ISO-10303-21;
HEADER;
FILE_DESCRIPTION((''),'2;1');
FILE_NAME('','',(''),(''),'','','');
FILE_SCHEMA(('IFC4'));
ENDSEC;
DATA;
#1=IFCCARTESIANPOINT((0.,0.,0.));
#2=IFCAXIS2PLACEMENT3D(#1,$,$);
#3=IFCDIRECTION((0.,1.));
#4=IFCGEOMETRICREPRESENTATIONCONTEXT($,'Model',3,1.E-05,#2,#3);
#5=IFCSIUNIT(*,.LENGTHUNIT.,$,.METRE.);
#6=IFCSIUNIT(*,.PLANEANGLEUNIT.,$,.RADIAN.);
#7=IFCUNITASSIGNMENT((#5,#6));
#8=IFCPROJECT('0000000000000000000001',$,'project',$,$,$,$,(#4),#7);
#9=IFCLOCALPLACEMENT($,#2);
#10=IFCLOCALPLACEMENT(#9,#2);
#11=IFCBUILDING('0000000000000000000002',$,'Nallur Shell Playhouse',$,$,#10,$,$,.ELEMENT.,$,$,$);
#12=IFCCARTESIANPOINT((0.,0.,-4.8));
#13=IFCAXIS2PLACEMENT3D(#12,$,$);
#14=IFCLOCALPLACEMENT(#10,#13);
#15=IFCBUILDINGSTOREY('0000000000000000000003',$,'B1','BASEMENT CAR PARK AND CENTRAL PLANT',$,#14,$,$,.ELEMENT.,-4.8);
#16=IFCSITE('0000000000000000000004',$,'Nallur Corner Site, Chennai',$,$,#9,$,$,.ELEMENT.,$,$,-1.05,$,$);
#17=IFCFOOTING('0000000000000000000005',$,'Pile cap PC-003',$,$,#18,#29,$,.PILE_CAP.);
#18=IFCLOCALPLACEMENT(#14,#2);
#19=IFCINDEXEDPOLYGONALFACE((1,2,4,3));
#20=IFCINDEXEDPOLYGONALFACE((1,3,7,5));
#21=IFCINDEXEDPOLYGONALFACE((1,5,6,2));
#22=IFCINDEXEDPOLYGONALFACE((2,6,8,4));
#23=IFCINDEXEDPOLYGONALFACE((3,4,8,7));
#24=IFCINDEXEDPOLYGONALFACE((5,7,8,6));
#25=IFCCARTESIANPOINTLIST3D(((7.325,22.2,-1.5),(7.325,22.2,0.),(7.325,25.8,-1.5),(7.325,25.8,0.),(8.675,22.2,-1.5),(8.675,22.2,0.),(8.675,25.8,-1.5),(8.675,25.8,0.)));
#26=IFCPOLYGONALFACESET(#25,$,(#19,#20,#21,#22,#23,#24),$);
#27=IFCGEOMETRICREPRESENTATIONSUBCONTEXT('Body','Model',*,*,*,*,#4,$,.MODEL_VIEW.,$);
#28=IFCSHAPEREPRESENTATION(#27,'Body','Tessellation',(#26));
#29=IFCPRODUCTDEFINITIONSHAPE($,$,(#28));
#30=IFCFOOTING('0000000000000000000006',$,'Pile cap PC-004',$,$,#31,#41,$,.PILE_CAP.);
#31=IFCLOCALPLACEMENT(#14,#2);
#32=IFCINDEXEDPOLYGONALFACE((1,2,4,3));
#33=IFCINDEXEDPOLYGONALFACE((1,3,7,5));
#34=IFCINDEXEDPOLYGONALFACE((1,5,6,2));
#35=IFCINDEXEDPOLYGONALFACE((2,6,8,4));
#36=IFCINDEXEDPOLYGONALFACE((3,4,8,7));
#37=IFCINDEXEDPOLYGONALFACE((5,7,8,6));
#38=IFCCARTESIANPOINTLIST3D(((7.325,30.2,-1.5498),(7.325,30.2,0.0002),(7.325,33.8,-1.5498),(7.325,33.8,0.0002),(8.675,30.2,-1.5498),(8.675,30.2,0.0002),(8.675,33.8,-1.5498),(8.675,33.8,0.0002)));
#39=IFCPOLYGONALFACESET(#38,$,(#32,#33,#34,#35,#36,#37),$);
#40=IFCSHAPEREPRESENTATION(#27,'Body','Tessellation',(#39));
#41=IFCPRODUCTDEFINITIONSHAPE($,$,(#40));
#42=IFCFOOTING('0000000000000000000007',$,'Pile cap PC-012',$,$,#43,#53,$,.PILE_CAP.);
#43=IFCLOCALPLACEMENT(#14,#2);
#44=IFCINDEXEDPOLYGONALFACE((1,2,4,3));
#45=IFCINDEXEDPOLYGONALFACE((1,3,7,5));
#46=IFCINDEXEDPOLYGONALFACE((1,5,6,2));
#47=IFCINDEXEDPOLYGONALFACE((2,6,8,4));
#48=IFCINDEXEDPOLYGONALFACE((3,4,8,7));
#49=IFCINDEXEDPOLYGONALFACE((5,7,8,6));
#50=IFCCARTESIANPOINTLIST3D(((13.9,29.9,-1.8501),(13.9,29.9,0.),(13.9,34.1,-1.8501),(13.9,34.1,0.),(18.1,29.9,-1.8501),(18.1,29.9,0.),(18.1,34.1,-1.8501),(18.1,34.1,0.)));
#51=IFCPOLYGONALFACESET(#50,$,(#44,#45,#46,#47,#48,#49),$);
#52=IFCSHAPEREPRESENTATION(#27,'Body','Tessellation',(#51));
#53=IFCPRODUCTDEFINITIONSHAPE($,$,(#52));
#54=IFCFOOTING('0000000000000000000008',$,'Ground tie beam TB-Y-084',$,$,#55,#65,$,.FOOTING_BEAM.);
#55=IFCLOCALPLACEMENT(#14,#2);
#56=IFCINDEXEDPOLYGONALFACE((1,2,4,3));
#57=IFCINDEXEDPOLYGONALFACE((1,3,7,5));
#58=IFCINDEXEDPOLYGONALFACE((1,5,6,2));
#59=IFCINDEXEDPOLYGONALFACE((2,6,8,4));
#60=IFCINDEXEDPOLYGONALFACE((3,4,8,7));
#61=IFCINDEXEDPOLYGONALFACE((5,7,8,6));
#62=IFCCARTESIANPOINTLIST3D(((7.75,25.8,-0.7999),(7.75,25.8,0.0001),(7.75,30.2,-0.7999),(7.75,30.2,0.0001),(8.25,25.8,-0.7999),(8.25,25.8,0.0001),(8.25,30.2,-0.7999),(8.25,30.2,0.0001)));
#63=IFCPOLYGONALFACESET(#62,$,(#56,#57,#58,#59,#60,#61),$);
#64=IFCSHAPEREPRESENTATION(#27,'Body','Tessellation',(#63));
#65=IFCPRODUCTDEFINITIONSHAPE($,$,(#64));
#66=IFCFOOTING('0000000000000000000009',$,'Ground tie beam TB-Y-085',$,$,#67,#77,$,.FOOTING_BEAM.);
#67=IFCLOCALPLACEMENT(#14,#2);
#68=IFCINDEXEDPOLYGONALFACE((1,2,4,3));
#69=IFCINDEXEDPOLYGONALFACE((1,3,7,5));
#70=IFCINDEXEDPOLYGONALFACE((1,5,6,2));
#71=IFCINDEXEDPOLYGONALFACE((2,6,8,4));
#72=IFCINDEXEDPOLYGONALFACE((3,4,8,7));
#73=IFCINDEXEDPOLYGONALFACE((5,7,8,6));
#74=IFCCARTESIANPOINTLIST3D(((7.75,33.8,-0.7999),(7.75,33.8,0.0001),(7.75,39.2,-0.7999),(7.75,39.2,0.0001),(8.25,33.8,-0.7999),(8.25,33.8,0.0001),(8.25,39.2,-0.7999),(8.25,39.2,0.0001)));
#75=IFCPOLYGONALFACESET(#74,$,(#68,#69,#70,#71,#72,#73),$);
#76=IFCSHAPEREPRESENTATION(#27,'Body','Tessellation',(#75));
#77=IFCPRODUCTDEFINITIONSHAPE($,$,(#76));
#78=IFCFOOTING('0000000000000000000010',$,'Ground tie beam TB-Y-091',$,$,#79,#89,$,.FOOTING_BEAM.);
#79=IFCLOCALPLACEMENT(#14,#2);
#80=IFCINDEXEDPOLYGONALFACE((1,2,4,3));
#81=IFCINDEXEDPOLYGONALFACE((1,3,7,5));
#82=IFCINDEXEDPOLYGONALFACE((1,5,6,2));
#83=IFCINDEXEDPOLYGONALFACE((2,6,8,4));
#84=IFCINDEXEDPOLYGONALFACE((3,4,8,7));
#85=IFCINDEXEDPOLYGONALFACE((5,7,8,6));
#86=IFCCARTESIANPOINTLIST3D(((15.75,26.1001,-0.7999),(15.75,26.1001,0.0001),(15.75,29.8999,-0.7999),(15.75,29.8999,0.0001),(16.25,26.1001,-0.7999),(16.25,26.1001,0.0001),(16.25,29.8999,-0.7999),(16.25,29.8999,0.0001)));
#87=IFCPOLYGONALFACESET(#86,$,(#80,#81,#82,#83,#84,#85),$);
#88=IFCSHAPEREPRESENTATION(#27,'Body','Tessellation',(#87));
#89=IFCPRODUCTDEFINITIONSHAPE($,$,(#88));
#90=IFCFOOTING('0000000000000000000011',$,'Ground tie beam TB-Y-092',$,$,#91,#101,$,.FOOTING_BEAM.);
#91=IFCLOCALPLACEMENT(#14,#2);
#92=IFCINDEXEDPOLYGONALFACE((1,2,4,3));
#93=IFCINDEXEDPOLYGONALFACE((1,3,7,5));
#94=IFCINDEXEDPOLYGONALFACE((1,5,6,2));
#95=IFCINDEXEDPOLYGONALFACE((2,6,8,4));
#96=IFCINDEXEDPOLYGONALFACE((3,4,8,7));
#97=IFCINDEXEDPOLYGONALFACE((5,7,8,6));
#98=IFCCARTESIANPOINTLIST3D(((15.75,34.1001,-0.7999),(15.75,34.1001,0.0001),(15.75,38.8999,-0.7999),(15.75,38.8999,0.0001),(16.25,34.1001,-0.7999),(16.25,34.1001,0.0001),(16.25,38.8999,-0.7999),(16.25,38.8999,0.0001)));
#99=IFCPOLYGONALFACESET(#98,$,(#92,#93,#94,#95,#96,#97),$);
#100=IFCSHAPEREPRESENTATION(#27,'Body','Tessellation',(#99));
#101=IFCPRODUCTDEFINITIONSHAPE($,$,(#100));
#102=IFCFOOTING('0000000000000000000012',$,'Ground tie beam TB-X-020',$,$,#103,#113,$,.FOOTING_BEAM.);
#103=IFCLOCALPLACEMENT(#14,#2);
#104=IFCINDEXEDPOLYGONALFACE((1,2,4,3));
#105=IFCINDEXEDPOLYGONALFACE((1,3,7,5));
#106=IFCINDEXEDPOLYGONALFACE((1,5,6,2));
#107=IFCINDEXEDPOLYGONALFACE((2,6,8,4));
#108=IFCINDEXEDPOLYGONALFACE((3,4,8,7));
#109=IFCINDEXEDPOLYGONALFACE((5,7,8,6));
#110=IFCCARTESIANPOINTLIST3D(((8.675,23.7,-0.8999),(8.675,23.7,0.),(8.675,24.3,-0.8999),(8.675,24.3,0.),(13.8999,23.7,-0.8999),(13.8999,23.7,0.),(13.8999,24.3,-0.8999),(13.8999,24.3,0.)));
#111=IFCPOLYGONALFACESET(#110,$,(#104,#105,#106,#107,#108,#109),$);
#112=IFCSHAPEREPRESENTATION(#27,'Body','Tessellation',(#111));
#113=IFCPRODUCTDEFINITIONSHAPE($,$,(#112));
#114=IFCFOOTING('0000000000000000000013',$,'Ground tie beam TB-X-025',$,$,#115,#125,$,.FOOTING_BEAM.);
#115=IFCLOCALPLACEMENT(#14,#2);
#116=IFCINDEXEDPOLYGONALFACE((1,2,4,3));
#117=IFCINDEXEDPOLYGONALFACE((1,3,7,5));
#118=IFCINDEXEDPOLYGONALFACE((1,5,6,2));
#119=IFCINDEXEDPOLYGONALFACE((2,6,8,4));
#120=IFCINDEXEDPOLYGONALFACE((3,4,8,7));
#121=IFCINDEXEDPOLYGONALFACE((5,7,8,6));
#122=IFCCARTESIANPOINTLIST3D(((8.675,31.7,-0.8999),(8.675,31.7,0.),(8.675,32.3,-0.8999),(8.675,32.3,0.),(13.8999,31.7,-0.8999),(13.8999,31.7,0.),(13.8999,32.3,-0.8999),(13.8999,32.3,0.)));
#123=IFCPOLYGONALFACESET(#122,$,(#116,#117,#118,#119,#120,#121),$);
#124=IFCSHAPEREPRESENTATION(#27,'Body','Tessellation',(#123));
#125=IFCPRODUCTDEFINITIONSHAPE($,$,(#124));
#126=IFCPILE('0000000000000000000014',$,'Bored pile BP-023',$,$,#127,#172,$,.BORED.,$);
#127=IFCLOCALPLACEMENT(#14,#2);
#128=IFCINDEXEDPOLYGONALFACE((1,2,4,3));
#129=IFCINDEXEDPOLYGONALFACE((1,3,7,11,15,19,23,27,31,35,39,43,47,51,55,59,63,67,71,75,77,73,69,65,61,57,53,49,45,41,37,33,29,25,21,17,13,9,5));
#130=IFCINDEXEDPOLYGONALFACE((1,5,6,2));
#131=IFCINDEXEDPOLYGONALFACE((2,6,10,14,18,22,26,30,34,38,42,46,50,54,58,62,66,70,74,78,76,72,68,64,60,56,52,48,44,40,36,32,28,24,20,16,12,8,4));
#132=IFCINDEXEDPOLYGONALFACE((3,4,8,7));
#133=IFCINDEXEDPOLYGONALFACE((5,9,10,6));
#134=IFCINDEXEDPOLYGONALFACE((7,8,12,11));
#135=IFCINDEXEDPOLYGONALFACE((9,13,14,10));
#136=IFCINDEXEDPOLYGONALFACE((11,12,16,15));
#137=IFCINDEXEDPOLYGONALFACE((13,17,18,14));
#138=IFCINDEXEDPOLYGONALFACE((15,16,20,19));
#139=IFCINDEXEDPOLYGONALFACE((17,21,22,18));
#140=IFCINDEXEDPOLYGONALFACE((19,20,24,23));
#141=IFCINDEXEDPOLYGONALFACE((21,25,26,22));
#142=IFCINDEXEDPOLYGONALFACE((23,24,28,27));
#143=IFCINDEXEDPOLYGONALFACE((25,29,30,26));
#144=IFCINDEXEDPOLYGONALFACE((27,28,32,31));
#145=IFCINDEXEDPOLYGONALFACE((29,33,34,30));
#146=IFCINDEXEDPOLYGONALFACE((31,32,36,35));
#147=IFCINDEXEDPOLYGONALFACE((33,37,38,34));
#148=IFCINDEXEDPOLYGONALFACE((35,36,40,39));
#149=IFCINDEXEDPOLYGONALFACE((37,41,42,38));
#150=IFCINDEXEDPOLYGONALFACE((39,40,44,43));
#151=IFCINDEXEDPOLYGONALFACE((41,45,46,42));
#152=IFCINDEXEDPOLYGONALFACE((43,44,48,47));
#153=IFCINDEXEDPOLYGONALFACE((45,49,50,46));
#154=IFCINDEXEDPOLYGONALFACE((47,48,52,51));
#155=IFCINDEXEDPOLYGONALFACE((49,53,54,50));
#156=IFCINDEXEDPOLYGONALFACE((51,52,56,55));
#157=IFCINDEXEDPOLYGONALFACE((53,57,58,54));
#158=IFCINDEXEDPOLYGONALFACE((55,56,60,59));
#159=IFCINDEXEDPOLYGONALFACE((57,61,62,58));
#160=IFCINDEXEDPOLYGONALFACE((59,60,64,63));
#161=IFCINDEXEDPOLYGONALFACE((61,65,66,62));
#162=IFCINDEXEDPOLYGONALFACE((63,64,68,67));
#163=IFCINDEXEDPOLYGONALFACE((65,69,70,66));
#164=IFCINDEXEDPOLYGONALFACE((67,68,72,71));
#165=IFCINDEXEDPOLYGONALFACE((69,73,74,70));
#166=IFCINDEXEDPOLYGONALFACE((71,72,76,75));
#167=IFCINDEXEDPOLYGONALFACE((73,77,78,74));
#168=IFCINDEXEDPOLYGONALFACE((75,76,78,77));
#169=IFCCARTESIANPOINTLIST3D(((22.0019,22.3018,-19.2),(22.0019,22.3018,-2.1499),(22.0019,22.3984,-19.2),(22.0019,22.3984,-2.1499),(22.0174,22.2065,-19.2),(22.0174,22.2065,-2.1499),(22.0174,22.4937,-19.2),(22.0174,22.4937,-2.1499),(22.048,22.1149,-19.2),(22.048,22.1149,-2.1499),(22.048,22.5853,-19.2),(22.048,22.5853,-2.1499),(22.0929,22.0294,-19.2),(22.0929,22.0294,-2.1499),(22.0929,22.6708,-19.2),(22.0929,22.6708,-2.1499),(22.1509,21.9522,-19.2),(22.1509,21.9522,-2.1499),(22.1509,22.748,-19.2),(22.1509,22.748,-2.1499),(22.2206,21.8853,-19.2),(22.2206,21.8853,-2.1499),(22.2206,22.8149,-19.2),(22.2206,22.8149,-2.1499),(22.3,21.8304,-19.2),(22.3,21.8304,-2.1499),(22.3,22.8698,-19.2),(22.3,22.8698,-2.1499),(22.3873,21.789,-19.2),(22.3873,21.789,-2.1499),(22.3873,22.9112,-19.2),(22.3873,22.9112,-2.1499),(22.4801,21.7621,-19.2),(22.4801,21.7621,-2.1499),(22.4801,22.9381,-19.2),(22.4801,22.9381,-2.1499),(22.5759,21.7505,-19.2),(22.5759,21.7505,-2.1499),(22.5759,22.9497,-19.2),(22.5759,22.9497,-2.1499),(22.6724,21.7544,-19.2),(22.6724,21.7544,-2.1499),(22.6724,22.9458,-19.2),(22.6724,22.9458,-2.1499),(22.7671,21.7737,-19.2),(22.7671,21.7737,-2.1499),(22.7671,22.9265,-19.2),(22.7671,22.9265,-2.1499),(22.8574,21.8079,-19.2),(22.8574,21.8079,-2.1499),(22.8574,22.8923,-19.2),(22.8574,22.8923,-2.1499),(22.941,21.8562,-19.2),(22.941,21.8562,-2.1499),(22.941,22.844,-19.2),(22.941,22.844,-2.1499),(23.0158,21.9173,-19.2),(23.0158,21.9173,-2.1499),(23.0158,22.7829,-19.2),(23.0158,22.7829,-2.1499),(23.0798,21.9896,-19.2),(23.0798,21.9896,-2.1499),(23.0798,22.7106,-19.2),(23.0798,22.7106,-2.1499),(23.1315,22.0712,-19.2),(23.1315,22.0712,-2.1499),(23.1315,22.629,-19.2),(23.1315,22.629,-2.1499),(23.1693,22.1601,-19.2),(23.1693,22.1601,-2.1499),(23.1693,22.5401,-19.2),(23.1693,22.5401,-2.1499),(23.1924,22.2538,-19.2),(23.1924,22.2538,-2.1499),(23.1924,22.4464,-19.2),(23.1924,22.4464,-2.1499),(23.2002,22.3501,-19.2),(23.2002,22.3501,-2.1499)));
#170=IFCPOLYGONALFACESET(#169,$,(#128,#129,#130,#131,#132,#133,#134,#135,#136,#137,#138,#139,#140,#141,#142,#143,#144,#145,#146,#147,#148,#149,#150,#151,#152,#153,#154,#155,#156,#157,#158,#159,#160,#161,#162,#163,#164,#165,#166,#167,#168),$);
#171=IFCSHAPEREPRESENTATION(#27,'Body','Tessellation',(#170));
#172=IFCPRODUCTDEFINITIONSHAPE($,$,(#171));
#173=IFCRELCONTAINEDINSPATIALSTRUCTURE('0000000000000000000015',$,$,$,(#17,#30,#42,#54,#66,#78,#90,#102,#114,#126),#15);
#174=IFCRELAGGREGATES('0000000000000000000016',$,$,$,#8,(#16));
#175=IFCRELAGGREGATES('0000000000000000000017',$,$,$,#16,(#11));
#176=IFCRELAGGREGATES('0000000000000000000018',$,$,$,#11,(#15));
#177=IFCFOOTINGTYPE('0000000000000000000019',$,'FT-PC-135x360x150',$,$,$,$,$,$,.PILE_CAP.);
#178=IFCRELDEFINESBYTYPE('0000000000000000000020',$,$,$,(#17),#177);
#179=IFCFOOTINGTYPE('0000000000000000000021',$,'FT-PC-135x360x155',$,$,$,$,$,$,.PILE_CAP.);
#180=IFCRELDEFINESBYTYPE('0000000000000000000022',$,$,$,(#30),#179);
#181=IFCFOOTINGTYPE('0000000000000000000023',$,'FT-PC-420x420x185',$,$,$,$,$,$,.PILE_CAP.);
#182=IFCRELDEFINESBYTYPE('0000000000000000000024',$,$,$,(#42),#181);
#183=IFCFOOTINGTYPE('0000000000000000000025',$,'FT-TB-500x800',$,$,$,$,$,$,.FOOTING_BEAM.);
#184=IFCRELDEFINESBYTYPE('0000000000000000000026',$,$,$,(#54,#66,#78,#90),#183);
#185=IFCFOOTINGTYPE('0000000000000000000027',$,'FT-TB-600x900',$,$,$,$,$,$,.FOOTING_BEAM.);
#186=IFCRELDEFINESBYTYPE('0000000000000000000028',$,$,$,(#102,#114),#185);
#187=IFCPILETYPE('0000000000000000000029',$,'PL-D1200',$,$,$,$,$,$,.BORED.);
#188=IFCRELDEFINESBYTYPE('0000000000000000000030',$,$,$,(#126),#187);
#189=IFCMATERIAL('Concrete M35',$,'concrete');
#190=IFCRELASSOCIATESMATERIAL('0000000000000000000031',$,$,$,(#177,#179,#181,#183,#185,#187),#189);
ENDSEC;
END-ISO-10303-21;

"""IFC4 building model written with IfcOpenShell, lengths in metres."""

from ifc_helpers import new_model, si_unit, direction, frame, origin, origin_2d, place, context, subcontext, project, spatial, rectangle, circle, extrude, material, material_profile, profile_set, type_object, element, save


model = new_model("IFC4")

# Units and contexts
model_context = context("Model", 3, precision=1e-05, world=origin(), true_north=direction((0.0, 1.0)))
body_context = subcontext(model_context, "Body", "Model", "MODEL_VIEW")
ifc_project = project(units=[si_unit("LENGTHUNIT", "METRE"), si_unit("PLANEANGLEUNIT", "RADIAN")], contexts=[model_context])

# Site, building, storey
site_placement = place(None, origin())
site = spatial("IfcSite", under=ifc_project, at=site_placement, Name="Nallur Corner Site, Chennai", CompositionType="ELEMENT", RefElevation=-1.05)
building_placement = place(site_placement, origin())
building = spatial("IfcBuilding", under=site, at=building_placement, Name="Nallur Shell Playhouse", CompositionType="ELEMENT")
storey_placement = place(building_placement, frame((0.0, 0.0, -4.8)))
storey = spatial("IfcBuildingStorey", under=building, at=storey_placement, Name="B1", Description="BASEMENT CAR PARK AND CENTRAL PLANT", CompositionType="ELEMENT", Elevation=-4.8)

# Footings
ifc_material_1 = material(Name="Concrete M35", Category="concrete")
footing_type_1 = type_object("IfcFootingType", Name="FT-PC-135x360x150", PredefinedType="PILE_CAP", material=ifc_material_1)
footing_1_placement = place(storey_placement, frame((8.0, 24.0, -1.5), z_axis=(0.0, 0.0, 1.0), x_axis=(1.0, 0.0, 0.0)))
element("IfcFooting", 1, at=footing_1_placement, inside=storey, type_object=footing_type_1, Name="Pile cap PC-003", PredefinedType="PILE_CAP", context=body_context, shape_type="SweptSolid", body=[
    extrude(rectangle(XDim=1.3501, YDim=3.6001, at=origin_2d()), origin(), (0.0, 0.0, 1.0), 1.5),
])
footing_type_2 = type_object("IfcFootingType", Name="FT-PC-135x360x155", PredefinedType="PILE_CAP", material=ifc_material_1)
footing_2_placement = place(storey_placement, frame((8.0, 32.0, -1.5498), z_axis=(0.0, 0.0, 1.0), x_axis=(1.0, 0.0, 0.0)))
element("IfcFooting", 2, at=footing_2_placement, inside=storey, type_object=footing_type_2, Name="Pile cap PC-004", PredefinedType="PILE_CAP", context=body_context, shape_type="SweptSolid", body=[
    extrude(rectangle(XDim=1.3501, YDim=3.6001, at=origin_2d()), origin(), (0.0, 0.0, 1.0), 1.55),
])
footing_type_3 = type_object("IfcFootingType", Name="FT-PC-420x420x185", PredefinedType="PILE_CAP", material=ifc_material_1)
footing_3_placement = place(storey_placement, frame((16.0, 32.0, -1.8501), z_axis=(0.0, 0.0, 1.0), x_axis=(1.0, 0.0, 0.0)))
element("IfcFooting", 3, at=footing_3_placement, inside=storey, type_object=footing_type_3, Name="Pile cap PC-012", PredefinedType="PILE_CAP", context=body_context, shape_type="SweptSolid", body=[
    extrude(rectangle(XDim=4.2, YDim=4.2, at=origin_2d()), origin(), (0.0, 0.0, 1.0), 1.8501),
])
ifc_material_profile_1 = material_profile(ifc_material_1, rectangle(XDim=0.5, YDim=0.8, at=origin_2d()), Name="RC 500x800")
ifc_profile_set_1 = profile_set([ifc_material_profile_1], Name="Concrete M35")
footing_type_4 = type_object("IfcFootingType", Name="FT-TB-500x800", PredefinedType="FOOTING_BEAM", material=ifc_profile_set_1)
footing_4_placement = place(storey_placement, frame((8.0, 25.8, -0.3999), z_axis=(0.0, 1.0, 0.0), x_axis=(-1.0, 0.0, 0.0)))
element("IfcFooting", 4, at=footing_4_placement, inside=storey, type_object=footing_type_4, Name="Ground tie beam TB-Y-084", PredefinedType="FOOTING_BEAM", context=body_context, shape_type="SweptSolid", body=[
    extrude(rectangle(XDim=0.5, YDim=0.8, at=origin_2d()), origin(), (0.0, 0.0, 1.0), 4.3999),
])
footing_5_placement = place(storey_placement, frame((8.0, 33.8, -0.3999), z_axis=(0.0, 1.0, 0.0), x_axis=(-1.0, 0.0, 0.0)))
element("IfcFooting", 5, at=footing_5_placement, inside=storey, type_object=footing_type_4, Name="Ground tie beam TB-Y-085", PredefinedType="FOOTING_BEAM", context=body_context, shape_type="SweptSolid", body=[
    extrude(rectangle(XDim=0.5, YDim=0.8, at=origin_2d()), origin(), (0.0, 0.0, 1.0), 5.3999),
])
footing_6_placement = place(storey_placement, frame((16.0, 26.1001, -0.3999), z_axis=(0.0, 1.0, 0.0), x_axis=(-1.0, 0.0, 0.0)))
element("IfcFooting", 6, at=footing_6_placement, inside=storey, type_object=footing_type_4, Name="Ground tie beam TB-Y-091", PredefinedType="FOOTING_BEAM", context=body_context, shape_type="SweptSolid", body=[
    extrude(rectangle(XDim=0.5, YDim=0.8, at=origin_2d()), origin(), (0.0, 0.0, 1.0), 3.7998),
])
footing_7_placement = place(storey_placement, frame((16.0, 34.1001, -0.3999), z_axis=(0.0, 1.0, 0.0), x_axis=(-1.0, 0.0, 0.0)))
element("IfcFooting", 7, at=footing_7_placement, inside=storey, type_object=footing_type_4, Name="Ground tie beam TB-Y-092", PredefinedType="FOOTING_BEAM", context=body_context, shape_type="SweptSolid", body=[
    extrude(rectangle(XDim=0.5, YDim=0.8, at=origin_2d()), origin(), (0.0, 0.0, 1.0), 4.7998),
])
ifc_material_profile_2 = material_profile(ifc_material_1, rectangle(XDim=0.6001, YDim=0.8999, at=origin_2d()), Name="RC 600x900")
ifc_profile_set_2 = profile_set([ifc_material_profile_2], Name="Concrete M35")
footing_type_5 = type_object("IfcFootingType", Name="FT-TB-600x900", PredefinedType="FOOTING_BEAM", material=ifc_profile_set_2)
for number, where, z_axis, x_axis, name in (
    (8, (8.675, 24.0, -0.45), (1.0, 0.0, 0.0), (0.0, 1.0, 0.0), "Ground tie beam TB-X-020"),
    (9, (8.675, 32.0, -0.45), (1.0, 0.0, 0.0), (0.0, 1.0, 0.0), "Ground tie beam TB-X-025"),
):
    element("IfcFooting", number, at=place(storey_placement, frame(where, z_axis=z_axis, x_axis=x_axis)), inside=storey, type_object=footing_type_5, Name=name, PredefinedType="FOOTING_BEAM", context=body_context, shape_type="SweptSolid", body=[
        extrude(rectangle(XDim=0.6001, YDim=0.8999, at=origin_2d()), origin(), (0.0, 0.0, 1.0), 5.2249),
    ])

# Pile
ifc_material_profile_3 = material_profile(ifc_material_1, circle(Radius=0.6001, at=origin_2d()), Name="BORED PILE D1200")
ifc_profile_set_3 = profile_set([ifc_material_profile_3], Name="Concrete M35")
pile_type_1 = type_object("IfcPileType", Name="PL-D1200", PredefinedType="BORED", material=ifc_profile_set_3)
for number, where, z_axis, x_axis, name in (
    (10, (22.6001, 22.3501, -2.1499), (0.0, 0.0, -1.0), (1.0, 0.0, 0.0), "Bored pile BP-023"),
):
    element("IfcPile", number, at=place(storey_placement, frame(where, z_axis=z_axis, x_axis=x_axis)), inside=storey, type_object=pile_type_1, Name=name, PredefinedType="BORED", context=body_context, shape_type="SweptSolid", body=[
        extrude(circle(Radius=0.6001, at=origin_2d()), origin(), (0.0, 0.0, 1.0), 17.05),
    ])

save(model, "model.ifc")
